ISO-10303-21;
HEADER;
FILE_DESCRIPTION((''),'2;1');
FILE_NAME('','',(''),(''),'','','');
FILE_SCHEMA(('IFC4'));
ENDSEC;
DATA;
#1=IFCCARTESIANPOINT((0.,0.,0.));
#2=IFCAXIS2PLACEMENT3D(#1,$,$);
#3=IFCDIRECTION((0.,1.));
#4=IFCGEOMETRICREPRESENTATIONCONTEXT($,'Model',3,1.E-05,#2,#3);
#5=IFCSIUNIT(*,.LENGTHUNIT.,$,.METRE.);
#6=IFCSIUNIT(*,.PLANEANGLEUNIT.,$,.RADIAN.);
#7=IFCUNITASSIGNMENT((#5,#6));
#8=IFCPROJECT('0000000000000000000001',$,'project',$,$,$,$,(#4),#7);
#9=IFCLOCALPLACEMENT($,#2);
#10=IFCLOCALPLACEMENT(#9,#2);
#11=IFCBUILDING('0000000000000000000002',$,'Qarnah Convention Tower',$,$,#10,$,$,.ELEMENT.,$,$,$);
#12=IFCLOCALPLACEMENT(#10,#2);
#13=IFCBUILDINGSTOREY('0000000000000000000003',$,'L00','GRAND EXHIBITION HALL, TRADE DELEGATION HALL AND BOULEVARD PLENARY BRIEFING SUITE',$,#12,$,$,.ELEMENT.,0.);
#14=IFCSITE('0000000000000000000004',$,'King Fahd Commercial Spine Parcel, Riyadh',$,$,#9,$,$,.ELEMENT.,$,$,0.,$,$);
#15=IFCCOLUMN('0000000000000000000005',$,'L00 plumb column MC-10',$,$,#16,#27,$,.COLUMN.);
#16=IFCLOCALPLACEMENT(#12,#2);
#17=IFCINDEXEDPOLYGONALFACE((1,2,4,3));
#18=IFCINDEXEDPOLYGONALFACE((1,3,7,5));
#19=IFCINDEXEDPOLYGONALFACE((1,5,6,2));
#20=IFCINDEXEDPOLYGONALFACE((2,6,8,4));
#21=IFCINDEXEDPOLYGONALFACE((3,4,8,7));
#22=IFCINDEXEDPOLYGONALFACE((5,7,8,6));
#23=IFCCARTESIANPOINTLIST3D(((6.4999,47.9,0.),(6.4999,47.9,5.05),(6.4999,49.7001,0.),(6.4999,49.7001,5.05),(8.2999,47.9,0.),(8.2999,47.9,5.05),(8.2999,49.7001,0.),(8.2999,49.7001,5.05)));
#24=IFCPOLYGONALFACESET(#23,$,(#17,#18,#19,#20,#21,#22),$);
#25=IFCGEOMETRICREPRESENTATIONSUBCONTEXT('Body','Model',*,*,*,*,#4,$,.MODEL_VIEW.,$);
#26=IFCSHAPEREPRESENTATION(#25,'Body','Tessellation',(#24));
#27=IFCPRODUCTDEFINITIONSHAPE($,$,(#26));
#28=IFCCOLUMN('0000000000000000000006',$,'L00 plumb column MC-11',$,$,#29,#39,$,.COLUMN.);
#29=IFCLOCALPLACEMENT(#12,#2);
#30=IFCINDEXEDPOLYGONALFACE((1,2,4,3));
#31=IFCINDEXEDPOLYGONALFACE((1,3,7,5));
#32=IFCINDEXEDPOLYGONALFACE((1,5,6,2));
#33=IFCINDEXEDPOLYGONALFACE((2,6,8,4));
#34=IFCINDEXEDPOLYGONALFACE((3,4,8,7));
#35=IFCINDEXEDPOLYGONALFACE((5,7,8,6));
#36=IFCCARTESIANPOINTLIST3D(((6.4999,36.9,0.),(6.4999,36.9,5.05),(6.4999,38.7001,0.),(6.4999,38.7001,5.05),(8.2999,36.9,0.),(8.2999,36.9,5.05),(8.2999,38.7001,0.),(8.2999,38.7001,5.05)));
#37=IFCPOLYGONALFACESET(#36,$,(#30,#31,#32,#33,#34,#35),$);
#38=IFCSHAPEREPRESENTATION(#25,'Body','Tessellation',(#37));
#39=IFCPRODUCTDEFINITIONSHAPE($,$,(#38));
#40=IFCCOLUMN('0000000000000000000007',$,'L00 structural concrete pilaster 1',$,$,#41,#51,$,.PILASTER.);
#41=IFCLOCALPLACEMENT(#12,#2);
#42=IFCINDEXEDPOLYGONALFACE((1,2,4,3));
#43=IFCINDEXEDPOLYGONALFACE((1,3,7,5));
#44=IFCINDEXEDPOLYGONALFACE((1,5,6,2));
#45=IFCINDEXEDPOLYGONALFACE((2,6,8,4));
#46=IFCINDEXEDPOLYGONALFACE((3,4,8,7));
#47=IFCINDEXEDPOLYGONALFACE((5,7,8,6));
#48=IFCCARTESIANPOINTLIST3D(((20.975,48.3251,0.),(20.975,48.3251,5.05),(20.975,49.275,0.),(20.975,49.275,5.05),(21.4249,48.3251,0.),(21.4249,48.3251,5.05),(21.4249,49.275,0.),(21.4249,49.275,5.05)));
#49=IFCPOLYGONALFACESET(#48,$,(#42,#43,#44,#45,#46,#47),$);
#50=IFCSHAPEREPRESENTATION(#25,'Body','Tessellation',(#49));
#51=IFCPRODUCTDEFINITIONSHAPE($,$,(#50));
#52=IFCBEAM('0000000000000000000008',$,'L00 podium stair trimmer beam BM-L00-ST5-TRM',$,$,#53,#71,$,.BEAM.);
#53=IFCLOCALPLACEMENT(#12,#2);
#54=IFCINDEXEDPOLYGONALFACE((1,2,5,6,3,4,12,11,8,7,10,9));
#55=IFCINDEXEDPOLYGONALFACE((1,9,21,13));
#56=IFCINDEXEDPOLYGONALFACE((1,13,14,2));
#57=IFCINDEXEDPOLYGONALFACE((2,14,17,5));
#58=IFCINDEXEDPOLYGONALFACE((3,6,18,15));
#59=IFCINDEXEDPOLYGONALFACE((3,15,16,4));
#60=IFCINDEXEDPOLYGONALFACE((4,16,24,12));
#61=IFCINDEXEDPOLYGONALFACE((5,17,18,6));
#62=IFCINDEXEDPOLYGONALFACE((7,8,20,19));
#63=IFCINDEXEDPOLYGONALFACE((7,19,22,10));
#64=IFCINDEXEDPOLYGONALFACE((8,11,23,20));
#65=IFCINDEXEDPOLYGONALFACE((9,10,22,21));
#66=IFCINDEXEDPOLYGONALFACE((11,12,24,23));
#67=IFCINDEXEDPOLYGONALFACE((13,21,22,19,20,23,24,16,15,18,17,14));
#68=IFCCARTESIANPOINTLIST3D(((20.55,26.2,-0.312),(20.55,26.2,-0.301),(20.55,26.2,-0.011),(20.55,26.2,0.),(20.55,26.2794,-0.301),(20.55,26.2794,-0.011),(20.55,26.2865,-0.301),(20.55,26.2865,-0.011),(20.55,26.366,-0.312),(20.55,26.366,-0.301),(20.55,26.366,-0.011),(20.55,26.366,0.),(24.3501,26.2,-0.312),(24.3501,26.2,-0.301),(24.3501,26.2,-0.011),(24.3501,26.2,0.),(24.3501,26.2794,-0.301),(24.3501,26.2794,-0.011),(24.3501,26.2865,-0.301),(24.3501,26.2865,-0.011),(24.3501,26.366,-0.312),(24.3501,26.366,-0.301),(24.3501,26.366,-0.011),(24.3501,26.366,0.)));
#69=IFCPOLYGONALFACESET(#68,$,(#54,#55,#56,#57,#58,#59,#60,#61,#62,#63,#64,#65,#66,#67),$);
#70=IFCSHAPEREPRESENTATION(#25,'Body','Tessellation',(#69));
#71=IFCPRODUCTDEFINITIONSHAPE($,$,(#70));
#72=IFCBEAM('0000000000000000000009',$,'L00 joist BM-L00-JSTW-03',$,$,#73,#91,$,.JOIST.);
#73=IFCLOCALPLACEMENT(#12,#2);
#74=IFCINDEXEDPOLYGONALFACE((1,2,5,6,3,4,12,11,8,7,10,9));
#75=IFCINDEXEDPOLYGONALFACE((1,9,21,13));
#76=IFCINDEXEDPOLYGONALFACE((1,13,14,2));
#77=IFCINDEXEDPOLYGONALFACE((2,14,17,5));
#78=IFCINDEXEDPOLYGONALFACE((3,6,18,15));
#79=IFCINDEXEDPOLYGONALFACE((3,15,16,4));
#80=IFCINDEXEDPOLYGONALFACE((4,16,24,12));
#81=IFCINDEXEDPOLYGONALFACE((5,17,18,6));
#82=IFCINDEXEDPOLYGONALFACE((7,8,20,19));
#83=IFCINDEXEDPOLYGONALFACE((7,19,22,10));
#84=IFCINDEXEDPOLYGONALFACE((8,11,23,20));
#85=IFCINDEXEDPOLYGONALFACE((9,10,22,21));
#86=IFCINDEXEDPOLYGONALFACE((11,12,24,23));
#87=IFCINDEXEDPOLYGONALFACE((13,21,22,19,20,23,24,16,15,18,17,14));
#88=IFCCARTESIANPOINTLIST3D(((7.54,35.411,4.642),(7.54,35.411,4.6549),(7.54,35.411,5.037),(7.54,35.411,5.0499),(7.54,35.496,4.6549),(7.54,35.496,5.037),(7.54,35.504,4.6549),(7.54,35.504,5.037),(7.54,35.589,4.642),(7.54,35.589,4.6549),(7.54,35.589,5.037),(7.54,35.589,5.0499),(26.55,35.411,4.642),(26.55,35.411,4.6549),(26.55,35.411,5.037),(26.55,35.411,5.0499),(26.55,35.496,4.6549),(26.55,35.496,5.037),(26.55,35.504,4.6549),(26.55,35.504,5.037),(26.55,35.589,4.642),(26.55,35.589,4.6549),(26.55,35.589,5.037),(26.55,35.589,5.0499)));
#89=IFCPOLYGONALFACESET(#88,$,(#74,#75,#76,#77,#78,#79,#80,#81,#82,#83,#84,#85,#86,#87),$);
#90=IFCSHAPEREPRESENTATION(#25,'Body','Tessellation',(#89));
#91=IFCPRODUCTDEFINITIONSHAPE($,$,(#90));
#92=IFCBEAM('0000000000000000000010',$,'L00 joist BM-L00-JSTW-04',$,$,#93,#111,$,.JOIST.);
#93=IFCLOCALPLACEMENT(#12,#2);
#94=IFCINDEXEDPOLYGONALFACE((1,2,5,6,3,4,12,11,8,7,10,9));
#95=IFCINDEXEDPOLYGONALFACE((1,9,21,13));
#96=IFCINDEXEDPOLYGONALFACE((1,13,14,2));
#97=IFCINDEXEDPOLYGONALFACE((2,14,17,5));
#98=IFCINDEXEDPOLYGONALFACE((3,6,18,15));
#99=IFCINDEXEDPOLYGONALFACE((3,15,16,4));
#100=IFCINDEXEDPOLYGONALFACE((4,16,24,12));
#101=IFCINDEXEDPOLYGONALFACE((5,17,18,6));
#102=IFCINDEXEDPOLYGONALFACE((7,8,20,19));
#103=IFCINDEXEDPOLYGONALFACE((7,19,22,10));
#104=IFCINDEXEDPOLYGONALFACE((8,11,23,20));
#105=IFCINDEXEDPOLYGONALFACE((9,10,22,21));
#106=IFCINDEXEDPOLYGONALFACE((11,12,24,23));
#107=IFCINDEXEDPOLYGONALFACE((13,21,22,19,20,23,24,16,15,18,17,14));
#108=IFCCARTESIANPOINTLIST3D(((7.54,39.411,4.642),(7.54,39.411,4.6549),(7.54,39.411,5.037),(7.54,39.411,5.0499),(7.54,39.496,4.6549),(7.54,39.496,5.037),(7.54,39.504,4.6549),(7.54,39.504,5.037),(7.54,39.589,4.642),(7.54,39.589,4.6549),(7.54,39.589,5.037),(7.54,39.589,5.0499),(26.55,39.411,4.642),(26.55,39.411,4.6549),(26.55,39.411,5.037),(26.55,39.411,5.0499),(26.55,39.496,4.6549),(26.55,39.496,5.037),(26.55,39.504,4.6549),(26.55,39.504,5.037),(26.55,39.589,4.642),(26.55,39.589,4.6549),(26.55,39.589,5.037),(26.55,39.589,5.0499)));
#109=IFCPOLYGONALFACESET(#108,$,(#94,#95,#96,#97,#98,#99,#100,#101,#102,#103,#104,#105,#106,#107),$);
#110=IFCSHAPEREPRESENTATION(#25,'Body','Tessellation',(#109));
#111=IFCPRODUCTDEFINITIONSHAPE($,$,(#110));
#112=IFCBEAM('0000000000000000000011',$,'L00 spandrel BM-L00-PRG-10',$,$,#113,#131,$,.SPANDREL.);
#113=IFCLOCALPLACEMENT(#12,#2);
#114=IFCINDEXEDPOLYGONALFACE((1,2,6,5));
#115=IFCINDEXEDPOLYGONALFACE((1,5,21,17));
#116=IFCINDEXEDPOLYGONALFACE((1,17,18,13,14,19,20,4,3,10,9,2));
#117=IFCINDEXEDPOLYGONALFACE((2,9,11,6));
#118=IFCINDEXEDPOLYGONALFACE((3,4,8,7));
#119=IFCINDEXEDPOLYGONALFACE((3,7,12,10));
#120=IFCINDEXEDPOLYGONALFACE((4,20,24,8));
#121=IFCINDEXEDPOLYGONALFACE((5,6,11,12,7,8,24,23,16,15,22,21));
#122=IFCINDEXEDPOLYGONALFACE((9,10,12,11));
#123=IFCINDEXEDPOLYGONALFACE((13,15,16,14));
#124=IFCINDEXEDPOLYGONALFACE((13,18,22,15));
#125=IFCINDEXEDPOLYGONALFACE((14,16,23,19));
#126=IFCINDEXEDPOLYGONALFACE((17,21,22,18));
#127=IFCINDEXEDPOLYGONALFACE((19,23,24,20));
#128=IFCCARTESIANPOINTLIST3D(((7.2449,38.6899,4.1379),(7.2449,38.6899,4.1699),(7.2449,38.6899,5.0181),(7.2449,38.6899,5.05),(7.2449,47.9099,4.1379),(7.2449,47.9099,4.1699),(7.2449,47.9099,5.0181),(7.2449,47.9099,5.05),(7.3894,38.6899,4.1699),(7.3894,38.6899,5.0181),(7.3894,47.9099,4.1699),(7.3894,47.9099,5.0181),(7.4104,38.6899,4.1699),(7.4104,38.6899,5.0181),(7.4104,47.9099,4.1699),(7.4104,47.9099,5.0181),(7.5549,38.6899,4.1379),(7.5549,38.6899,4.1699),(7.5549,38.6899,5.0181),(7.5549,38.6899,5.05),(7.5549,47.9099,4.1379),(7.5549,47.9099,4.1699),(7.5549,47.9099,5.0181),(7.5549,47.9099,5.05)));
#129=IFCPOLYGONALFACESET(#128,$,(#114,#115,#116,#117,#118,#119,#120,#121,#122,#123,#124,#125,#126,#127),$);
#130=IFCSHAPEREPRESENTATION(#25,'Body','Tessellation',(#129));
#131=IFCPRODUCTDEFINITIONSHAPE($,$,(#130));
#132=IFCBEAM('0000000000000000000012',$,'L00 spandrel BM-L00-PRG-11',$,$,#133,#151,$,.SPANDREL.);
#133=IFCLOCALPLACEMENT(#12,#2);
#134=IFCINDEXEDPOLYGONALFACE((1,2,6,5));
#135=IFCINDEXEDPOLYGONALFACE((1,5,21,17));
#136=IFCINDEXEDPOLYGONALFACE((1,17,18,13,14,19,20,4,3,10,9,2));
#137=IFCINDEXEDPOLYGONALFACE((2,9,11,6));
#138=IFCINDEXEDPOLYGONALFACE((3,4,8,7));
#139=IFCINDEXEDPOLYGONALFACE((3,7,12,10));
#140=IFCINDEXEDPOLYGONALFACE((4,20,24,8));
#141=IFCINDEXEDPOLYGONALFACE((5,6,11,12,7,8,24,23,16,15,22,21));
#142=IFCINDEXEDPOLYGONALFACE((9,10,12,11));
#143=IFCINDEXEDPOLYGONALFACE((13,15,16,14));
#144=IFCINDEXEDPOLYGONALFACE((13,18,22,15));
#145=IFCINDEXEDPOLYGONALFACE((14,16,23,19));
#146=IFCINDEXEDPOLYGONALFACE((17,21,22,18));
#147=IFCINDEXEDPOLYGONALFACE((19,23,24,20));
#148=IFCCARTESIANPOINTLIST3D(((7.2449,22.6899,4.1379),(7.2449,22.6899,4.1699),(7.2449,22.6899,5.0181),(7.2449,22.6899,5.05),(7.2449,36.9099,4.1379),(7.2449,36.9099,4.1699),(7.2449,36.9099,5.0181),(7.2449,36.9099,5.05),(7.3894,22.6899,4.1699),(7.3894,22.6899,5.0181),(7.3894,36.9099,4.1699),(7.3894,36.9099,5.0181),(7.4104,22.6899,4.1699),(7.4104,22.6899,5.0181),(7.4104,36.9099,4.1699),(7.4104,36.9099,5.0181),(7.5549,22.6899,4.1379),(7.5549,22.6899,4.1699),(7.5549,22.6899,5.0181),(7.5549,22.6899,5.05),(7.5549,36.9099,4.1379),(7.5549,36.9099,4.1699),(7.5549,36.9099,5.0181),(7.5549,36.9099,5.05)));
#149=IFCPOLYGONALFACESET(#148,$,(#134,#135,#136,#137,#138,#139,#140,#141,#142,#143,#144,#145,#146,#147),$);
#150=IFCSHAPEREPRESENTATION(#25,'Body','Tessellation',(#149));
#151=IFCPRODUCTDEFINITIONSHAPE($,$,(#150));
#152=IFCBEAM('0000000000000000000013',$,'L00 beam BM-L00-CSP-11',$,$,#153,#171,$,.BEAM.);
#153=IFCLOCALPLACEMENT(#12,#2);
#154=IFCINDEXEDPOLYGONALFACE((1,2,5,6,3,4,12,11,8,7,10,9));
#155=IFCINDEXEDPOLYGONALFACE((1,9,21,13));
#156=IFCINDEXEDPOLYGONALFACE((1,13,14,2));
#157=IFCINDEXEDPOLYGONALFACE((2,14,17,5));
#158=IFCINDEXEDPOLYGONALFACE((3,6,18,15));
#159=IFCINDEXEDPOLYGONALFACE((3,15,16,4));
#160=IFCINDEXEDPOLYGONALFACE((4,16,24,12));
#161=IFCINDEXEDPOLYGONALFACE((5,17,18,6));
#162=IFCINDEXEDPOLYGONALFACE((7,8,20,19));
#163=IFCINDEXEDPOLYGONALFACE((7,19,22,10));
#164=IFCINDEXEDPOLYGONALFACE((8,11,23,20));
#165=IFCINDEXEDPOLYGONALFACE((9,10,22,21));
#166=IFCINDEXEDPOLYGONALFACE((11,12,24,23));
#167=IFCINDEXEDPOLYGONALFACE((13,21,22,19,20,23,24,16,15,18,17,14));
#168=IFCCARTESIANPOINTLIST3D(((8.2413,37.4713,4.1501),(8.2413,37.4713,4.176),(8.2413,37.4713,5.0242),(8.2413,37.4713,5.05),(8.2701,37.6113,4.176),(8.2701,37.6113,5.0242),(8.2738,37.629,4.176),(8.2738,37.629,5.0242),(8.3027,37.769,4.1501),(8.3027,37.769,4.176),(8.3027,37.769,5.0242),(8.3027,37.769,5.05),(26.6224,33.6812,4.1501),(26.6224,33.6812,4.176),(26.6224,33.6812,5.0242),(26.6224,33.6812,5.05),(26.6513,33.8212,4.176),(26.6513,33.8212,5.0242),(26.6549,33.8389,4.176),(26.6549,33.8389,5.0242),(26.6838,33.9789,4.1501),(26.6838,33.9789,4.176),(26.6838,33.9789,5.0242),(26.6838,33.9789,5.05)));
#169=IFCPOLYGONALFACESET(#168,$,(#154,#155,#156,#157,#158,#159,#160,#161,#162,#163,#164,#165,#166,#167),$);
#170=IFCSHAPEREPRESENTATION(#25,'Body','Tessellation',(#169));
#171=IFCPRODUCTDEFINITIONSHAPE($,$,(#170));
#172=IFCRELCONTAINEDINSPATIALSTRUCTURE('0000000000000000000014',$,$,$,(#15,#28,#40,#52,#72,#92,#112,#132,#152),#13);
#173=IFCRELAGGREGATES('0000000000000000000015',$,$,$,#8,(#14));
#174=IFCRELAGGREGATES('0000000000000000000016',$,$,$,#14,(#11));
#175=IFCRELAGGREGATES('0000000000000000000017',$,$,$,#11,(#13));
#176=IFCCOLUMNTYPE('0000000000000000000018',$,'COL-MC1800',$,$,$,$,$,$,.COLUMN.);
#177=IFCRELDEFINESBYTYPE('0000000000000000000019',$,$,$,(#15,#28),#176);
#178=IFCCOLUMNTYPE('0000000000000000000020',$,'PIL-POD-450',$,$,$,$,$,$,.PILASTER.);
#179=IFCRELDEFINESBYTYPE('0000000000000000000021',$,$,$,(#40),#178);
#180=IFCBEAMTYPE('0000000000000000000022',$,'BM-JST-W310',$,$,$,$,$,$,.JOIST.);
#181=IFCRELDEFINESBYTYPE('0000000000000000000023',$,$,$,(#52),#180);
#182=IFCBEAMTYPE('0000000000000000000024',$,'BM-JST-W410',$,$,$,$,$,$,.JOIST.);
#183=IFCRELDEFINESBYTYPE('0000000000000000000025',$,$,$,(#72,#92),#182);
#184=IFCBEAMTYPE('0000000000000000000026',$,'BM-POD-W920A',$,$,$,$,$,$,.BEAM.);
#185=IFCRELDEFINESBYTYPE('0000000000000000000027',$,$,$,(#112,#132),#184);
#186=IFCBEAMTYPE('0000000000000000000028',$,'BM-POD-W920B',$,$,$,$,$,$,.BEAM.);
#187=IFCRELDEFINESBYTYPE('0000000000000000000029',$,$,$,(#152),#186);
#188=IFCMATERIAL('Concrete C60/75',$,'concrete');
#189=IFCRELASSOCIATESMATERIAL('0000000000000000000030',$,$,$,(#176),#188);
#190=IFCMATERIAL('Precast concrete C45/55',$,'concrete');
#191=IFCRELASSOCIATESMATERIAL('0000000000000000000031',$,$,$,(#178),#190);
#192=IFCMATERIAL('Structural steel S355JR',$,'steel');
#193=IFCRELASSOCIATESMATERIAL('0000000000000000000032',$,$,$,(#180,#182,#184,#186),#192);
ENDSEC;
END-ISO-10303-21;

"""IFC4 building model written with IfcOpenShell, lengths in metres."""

from ifc_helpers import new_model, si_unit, direction, frame, origin, origin_2d, place, context, subcontext, project, spatial, rectangle, i_section, extrude, material, material_profile, profile_set, type_object, element, save


model = new_model("IFC4")

# Units and contexts
model_context = context("Model", 3, precision=1e-05, world=origin(), true_north=direction((0.0, 1.0)))
body_context = subcontext(model_context, "Body", "Model", "MODEL_VIEW")
ifc_project = project(units=[si_unit("LENGTHUNIT", "METRE"), si_unit("PLANEANGLEUNIT", "RADIAN")], contexts=[model_context])

# Site, building, storey
site_placement = place(None, origin())
site = spatial("IfcSite", under=ifc_project, at=site_placement, Name="King Fahd Commercial Spine Parcel, Riyadh", CompositionType="ELEMENT", RefElevation=0.0)
building_placement = place(site_placement, origin())
building = spatial("IfcBuilding", under=site, at=building_placement, Name="Qarnah Convention Tower", CompositionType="ELEMENT")
storey_placement = place(building_placement, origin())
storey = spatial("IfcBuildingStorey", under=building, at=storey_placement, Name="L00", Description="GRAND EXHIBITION HALL, TRADE DELEGATION HALL AND BOULEVARD PLENARY BRIEFING SUITE", CompositionType="ELEMENT", Elevation=0.0)

# Columns
ifc_material_1 = material(Name="Concrete C60/75", Category="concrete")
ifc_material_profile_1 = material_profile(ifc_material_1, rectangle(XDim=1.8, YDim=1.8, at=origin_2d()), Name="RC-COL-1800X1800")
ifc_profile_set_1 = profile_set([ifc_material_profile_1], Name="Concrete C60/75")
column_type_1 = type_object("IfcColumnType", Name="COL-MC1800", PredefinedType="COLUMN", material=ifc_profile_set_1)
for number, where, z_axis, x_axis, name in (
    (1, (7.3999, 48.8, 0.0), (0.0, 0.0, 1.0), (1.0, 0.0, 0.0), "L00 plumb column MC-10"),
    (2, (7.3999, 37.8, 0.0), (0.0, 0.0, 1.0), (1.0, 0.0, 0.0), "L00 plumb column MC-11"),
):
    element("IfcColumn", number, at=place(storey_placement, frame(where, z_axis=z_axis, x_axis=x_axis)), inside=storey, type_object=column_type_1, Name=name, PredefinedType="COLUMN", context=body_context, shape_type="SweptSolid", body=[
        extrude(rectangle(XDim=1.8, YDim=1.8, at=origin_2d()), origin(), (0.0, 0.0, 1.0), 5.05),
    ])
ifc_material_2 = material(Name="Precast concrete C45/55", Category="concrete")
ifc_material_profile_2 = material_profile(ifc_material_2, rectangle(XDim=0.45, YDim=0.95, at=origin_2d()), Name="PC-RIB-450X950")
ifc_profile_set_2 = profile_set([ifc_material_profile_2], Name="Precast concrete C45/55")
column_type_2 = type_object("IfcColumnType", Name="PIL-POD-450", PredefinedType="PILASTER", material=ifc_profile_set_2)
column_placement = place(storey_placement, frame((21.2, 48.8, 0.0), z_axis=(0.0, 0.0, 1.0), x_axis=(1.0, 0.0, 0.0)))
element("IfcColumn", 3, at=column_placement, inside=storey, type_object=column_type_2, Name="L00 structural concrete pilaster 1", PredefinedType="PILASTER", context=body_context, shape_type="SweptSolid", body=[
    extrude(rectangle(XDim=0.45, YDim=0.95, at=origin_2d()), origin(), (0.0, 0.0, 1.0), 5.05),
])

# Beams
ifc_material_3 = material(Name="Structural steel S355JR", Category="steel")
ifc_material_profile_3 = material_profile(ifc_material_3, i_section(OverallWidth=0.166, OverallDepth=0.312, WebThickness=0.0071, FlangeThickness=0.011, at=origin_2d()), Name="W310X45")
ifc_profile_set_3 = profile_set([ifc_material_profile_3], Name="Structural steel S355JR")
beam_type_1 = type_object("IfcBeamType", Name="BM-JST-W310", PredefinedType="JOIST", material=ifc_profile_set_3)
beam_1_placement = place(storey_placement, frame((20.55, 26.283, -0.156), z_axis=(1.0, 0.0, 0.0), x_axis=(0.0, 1.0, 0.0)))
element("IfcBeam", 4, at=beam_1_placement, inside=storey, type_object=beam_type_1, Name="L00 podium stair trimmer beam BM-L00-ST5-TRM", PredefinedType="BEAM", context=body_context, shape_type="SweptSolid", body=[
    extrude(i_section(OverallWidth=0.166, OverallDepth=0.312, WebThickness=0.0071, FlangeThickness=0.011, at=origin_2d()), origin(), (0.0, 0.0, 1.0), 3.8),
])
ifc_material_profile_4 = material_profile(ifc_material_3, i_section(OverallWidth=0.178, OverallDepth=0.408, WebThickness=0.0081, FlangeThickness=0.0129, at=origin_2d()), Name="W410X60")
ifc_profile_set_4 = profile_set([ifc_material_profile_4], Name="Structural steel S355JR")
beam_type_2 = type_object("IfcBeamType", Name="BM-JST-W410", PredefinedType="JOIST", material=ifc_profile_set_4)
for number, where, z_axis, x_axis, name in (
    (5, (7.54, 35.5, 4.8459), (1.0, 0.0, 0.0), (0.0, 1.0, 0.0), "L00 joist BM-L00-JSTW-03"),
    (6, (7.54, 39.5, 4.8459), (1.0, 0.0, 0.0), (0.0, 1.0, 0.0), "L00 joist BM-L00-JSTW-04"),
):
    element("IfcBeam", number, at=place(storey_placement, frame(where, z_axis=z_axis, x_axis=x_axis)), inside=storey, type_object=beam_type_2, Name=name, PredefinedType="JOIST", context=body_context, shape_type="SweptSolid", body=[
        extrude(i_section(OverallWidth=0.178, OverallDepth=0.408, WebThickness=0.0081, FlangeThickness=0.0129, at=origin_2d()), origin(), (0.0, 0.0, 1.0), 19.01),
    ])
ifc_material_profile_5 = material_profile(ifc_material_3, i_section(OverallWidth=0.3101, OverallDepth=0.9121, WebThickness=0.021, FlangeThickness=0.032, at=origin_2d()), Name="W920X342")
ifc_profile_set_5 = profile_set([ifc_material_profile_5], Name="Structural steel S355JR")
beam_type_3 = type_object("IfcBeamType", Name="BM-POD-W920A", PredefinedType="BEAM", material=ifc_profile_set_5)
beam_2_placement = place(storey_placement, frame((7.3999, 47.9099, 4.594), z_axis=(0.0, -1.0, 0.0), x_axis=(1.0, 0.0, 0.0)))
element("IfcBeam", 7, at=beam_2_placement, inside=storey, type_object=beam_type_3, Name="L00 spandrel BM-L00-PRG-10", PredefinedType="SPANDREL", context=body_context, shape_type="SweptSolid", body=[
    extrude(i_section(OverallWidth=0.3101, OverallDepth=0.9121, WebThickness=0.021, FlangeThickness=0.032, at=origin_2d()), origin(), (0.0, 0.0, 1.0), 9.22),
])
beam_3_placement = place(storey_placement, frame((7.3999, 36.9099, 4.594), z_axis=(0.0, -1.0, 0.0), x_axis=(1.0, 0.0, 0.0)))
element("IfcBeam", 8, at=beam_3_placement, inside=storey, type_object=beam_type_3, Name="L00 spandrel BM-L00-PRG-11", PredefinedType="SPANDREL", context=body_context, shape_type="SweptSolid", body=[
    extrude(i_section(OverallWidth=0.3101, OverallDepth=0.9121, WebThickness=0.021, FlangeThickness=0.032, at=origin_2d()), origin(), (0.0, 0.0, 1.0), 14.22),
])
ifc_material_profile_6 = material_profile(ifc_material_3, i_section(OverallWidth=0.304, OverallDepth=0.8999, WebThickness=0.0181, FlangeThickness=0.0259, at=origin_2d()), Name="W920X271")
ifc_profile_set_6 = profile_set([ifc_material_profile_6], Name="Structural steel S355JR")
beam_type_4 = type_object("IfcBeamType", Name="BM-POD-W920B", PredefinedType="BEAM", material=ifc_profile_set_6)
beam_4_placement = place(storey_placement, frame((8.272, 37.6201, 4.6001), z_axis=(0.979397, -0.201944, 0.0), x_axis=(0.201944, 0.979397, 0.0)))
element("IfcBeam", 9, at=beam_4_placement, inside=storey, type_object=beam_type_4, Name="L00 beam BM-L00-CSP-11", PredefinedType="BEAM", context=body_context, shape_type="SweptSolid", body=[
    extrude(i_section(OverallWidth=0.304, OverallDepth=0.8999, WebThickness=0.0181, FlangeThickness=0.0259, at=origin_2d()), origin(), (0.0, 0.0, 1.0), 18.7678),
])

save(model, "model.ifc")
